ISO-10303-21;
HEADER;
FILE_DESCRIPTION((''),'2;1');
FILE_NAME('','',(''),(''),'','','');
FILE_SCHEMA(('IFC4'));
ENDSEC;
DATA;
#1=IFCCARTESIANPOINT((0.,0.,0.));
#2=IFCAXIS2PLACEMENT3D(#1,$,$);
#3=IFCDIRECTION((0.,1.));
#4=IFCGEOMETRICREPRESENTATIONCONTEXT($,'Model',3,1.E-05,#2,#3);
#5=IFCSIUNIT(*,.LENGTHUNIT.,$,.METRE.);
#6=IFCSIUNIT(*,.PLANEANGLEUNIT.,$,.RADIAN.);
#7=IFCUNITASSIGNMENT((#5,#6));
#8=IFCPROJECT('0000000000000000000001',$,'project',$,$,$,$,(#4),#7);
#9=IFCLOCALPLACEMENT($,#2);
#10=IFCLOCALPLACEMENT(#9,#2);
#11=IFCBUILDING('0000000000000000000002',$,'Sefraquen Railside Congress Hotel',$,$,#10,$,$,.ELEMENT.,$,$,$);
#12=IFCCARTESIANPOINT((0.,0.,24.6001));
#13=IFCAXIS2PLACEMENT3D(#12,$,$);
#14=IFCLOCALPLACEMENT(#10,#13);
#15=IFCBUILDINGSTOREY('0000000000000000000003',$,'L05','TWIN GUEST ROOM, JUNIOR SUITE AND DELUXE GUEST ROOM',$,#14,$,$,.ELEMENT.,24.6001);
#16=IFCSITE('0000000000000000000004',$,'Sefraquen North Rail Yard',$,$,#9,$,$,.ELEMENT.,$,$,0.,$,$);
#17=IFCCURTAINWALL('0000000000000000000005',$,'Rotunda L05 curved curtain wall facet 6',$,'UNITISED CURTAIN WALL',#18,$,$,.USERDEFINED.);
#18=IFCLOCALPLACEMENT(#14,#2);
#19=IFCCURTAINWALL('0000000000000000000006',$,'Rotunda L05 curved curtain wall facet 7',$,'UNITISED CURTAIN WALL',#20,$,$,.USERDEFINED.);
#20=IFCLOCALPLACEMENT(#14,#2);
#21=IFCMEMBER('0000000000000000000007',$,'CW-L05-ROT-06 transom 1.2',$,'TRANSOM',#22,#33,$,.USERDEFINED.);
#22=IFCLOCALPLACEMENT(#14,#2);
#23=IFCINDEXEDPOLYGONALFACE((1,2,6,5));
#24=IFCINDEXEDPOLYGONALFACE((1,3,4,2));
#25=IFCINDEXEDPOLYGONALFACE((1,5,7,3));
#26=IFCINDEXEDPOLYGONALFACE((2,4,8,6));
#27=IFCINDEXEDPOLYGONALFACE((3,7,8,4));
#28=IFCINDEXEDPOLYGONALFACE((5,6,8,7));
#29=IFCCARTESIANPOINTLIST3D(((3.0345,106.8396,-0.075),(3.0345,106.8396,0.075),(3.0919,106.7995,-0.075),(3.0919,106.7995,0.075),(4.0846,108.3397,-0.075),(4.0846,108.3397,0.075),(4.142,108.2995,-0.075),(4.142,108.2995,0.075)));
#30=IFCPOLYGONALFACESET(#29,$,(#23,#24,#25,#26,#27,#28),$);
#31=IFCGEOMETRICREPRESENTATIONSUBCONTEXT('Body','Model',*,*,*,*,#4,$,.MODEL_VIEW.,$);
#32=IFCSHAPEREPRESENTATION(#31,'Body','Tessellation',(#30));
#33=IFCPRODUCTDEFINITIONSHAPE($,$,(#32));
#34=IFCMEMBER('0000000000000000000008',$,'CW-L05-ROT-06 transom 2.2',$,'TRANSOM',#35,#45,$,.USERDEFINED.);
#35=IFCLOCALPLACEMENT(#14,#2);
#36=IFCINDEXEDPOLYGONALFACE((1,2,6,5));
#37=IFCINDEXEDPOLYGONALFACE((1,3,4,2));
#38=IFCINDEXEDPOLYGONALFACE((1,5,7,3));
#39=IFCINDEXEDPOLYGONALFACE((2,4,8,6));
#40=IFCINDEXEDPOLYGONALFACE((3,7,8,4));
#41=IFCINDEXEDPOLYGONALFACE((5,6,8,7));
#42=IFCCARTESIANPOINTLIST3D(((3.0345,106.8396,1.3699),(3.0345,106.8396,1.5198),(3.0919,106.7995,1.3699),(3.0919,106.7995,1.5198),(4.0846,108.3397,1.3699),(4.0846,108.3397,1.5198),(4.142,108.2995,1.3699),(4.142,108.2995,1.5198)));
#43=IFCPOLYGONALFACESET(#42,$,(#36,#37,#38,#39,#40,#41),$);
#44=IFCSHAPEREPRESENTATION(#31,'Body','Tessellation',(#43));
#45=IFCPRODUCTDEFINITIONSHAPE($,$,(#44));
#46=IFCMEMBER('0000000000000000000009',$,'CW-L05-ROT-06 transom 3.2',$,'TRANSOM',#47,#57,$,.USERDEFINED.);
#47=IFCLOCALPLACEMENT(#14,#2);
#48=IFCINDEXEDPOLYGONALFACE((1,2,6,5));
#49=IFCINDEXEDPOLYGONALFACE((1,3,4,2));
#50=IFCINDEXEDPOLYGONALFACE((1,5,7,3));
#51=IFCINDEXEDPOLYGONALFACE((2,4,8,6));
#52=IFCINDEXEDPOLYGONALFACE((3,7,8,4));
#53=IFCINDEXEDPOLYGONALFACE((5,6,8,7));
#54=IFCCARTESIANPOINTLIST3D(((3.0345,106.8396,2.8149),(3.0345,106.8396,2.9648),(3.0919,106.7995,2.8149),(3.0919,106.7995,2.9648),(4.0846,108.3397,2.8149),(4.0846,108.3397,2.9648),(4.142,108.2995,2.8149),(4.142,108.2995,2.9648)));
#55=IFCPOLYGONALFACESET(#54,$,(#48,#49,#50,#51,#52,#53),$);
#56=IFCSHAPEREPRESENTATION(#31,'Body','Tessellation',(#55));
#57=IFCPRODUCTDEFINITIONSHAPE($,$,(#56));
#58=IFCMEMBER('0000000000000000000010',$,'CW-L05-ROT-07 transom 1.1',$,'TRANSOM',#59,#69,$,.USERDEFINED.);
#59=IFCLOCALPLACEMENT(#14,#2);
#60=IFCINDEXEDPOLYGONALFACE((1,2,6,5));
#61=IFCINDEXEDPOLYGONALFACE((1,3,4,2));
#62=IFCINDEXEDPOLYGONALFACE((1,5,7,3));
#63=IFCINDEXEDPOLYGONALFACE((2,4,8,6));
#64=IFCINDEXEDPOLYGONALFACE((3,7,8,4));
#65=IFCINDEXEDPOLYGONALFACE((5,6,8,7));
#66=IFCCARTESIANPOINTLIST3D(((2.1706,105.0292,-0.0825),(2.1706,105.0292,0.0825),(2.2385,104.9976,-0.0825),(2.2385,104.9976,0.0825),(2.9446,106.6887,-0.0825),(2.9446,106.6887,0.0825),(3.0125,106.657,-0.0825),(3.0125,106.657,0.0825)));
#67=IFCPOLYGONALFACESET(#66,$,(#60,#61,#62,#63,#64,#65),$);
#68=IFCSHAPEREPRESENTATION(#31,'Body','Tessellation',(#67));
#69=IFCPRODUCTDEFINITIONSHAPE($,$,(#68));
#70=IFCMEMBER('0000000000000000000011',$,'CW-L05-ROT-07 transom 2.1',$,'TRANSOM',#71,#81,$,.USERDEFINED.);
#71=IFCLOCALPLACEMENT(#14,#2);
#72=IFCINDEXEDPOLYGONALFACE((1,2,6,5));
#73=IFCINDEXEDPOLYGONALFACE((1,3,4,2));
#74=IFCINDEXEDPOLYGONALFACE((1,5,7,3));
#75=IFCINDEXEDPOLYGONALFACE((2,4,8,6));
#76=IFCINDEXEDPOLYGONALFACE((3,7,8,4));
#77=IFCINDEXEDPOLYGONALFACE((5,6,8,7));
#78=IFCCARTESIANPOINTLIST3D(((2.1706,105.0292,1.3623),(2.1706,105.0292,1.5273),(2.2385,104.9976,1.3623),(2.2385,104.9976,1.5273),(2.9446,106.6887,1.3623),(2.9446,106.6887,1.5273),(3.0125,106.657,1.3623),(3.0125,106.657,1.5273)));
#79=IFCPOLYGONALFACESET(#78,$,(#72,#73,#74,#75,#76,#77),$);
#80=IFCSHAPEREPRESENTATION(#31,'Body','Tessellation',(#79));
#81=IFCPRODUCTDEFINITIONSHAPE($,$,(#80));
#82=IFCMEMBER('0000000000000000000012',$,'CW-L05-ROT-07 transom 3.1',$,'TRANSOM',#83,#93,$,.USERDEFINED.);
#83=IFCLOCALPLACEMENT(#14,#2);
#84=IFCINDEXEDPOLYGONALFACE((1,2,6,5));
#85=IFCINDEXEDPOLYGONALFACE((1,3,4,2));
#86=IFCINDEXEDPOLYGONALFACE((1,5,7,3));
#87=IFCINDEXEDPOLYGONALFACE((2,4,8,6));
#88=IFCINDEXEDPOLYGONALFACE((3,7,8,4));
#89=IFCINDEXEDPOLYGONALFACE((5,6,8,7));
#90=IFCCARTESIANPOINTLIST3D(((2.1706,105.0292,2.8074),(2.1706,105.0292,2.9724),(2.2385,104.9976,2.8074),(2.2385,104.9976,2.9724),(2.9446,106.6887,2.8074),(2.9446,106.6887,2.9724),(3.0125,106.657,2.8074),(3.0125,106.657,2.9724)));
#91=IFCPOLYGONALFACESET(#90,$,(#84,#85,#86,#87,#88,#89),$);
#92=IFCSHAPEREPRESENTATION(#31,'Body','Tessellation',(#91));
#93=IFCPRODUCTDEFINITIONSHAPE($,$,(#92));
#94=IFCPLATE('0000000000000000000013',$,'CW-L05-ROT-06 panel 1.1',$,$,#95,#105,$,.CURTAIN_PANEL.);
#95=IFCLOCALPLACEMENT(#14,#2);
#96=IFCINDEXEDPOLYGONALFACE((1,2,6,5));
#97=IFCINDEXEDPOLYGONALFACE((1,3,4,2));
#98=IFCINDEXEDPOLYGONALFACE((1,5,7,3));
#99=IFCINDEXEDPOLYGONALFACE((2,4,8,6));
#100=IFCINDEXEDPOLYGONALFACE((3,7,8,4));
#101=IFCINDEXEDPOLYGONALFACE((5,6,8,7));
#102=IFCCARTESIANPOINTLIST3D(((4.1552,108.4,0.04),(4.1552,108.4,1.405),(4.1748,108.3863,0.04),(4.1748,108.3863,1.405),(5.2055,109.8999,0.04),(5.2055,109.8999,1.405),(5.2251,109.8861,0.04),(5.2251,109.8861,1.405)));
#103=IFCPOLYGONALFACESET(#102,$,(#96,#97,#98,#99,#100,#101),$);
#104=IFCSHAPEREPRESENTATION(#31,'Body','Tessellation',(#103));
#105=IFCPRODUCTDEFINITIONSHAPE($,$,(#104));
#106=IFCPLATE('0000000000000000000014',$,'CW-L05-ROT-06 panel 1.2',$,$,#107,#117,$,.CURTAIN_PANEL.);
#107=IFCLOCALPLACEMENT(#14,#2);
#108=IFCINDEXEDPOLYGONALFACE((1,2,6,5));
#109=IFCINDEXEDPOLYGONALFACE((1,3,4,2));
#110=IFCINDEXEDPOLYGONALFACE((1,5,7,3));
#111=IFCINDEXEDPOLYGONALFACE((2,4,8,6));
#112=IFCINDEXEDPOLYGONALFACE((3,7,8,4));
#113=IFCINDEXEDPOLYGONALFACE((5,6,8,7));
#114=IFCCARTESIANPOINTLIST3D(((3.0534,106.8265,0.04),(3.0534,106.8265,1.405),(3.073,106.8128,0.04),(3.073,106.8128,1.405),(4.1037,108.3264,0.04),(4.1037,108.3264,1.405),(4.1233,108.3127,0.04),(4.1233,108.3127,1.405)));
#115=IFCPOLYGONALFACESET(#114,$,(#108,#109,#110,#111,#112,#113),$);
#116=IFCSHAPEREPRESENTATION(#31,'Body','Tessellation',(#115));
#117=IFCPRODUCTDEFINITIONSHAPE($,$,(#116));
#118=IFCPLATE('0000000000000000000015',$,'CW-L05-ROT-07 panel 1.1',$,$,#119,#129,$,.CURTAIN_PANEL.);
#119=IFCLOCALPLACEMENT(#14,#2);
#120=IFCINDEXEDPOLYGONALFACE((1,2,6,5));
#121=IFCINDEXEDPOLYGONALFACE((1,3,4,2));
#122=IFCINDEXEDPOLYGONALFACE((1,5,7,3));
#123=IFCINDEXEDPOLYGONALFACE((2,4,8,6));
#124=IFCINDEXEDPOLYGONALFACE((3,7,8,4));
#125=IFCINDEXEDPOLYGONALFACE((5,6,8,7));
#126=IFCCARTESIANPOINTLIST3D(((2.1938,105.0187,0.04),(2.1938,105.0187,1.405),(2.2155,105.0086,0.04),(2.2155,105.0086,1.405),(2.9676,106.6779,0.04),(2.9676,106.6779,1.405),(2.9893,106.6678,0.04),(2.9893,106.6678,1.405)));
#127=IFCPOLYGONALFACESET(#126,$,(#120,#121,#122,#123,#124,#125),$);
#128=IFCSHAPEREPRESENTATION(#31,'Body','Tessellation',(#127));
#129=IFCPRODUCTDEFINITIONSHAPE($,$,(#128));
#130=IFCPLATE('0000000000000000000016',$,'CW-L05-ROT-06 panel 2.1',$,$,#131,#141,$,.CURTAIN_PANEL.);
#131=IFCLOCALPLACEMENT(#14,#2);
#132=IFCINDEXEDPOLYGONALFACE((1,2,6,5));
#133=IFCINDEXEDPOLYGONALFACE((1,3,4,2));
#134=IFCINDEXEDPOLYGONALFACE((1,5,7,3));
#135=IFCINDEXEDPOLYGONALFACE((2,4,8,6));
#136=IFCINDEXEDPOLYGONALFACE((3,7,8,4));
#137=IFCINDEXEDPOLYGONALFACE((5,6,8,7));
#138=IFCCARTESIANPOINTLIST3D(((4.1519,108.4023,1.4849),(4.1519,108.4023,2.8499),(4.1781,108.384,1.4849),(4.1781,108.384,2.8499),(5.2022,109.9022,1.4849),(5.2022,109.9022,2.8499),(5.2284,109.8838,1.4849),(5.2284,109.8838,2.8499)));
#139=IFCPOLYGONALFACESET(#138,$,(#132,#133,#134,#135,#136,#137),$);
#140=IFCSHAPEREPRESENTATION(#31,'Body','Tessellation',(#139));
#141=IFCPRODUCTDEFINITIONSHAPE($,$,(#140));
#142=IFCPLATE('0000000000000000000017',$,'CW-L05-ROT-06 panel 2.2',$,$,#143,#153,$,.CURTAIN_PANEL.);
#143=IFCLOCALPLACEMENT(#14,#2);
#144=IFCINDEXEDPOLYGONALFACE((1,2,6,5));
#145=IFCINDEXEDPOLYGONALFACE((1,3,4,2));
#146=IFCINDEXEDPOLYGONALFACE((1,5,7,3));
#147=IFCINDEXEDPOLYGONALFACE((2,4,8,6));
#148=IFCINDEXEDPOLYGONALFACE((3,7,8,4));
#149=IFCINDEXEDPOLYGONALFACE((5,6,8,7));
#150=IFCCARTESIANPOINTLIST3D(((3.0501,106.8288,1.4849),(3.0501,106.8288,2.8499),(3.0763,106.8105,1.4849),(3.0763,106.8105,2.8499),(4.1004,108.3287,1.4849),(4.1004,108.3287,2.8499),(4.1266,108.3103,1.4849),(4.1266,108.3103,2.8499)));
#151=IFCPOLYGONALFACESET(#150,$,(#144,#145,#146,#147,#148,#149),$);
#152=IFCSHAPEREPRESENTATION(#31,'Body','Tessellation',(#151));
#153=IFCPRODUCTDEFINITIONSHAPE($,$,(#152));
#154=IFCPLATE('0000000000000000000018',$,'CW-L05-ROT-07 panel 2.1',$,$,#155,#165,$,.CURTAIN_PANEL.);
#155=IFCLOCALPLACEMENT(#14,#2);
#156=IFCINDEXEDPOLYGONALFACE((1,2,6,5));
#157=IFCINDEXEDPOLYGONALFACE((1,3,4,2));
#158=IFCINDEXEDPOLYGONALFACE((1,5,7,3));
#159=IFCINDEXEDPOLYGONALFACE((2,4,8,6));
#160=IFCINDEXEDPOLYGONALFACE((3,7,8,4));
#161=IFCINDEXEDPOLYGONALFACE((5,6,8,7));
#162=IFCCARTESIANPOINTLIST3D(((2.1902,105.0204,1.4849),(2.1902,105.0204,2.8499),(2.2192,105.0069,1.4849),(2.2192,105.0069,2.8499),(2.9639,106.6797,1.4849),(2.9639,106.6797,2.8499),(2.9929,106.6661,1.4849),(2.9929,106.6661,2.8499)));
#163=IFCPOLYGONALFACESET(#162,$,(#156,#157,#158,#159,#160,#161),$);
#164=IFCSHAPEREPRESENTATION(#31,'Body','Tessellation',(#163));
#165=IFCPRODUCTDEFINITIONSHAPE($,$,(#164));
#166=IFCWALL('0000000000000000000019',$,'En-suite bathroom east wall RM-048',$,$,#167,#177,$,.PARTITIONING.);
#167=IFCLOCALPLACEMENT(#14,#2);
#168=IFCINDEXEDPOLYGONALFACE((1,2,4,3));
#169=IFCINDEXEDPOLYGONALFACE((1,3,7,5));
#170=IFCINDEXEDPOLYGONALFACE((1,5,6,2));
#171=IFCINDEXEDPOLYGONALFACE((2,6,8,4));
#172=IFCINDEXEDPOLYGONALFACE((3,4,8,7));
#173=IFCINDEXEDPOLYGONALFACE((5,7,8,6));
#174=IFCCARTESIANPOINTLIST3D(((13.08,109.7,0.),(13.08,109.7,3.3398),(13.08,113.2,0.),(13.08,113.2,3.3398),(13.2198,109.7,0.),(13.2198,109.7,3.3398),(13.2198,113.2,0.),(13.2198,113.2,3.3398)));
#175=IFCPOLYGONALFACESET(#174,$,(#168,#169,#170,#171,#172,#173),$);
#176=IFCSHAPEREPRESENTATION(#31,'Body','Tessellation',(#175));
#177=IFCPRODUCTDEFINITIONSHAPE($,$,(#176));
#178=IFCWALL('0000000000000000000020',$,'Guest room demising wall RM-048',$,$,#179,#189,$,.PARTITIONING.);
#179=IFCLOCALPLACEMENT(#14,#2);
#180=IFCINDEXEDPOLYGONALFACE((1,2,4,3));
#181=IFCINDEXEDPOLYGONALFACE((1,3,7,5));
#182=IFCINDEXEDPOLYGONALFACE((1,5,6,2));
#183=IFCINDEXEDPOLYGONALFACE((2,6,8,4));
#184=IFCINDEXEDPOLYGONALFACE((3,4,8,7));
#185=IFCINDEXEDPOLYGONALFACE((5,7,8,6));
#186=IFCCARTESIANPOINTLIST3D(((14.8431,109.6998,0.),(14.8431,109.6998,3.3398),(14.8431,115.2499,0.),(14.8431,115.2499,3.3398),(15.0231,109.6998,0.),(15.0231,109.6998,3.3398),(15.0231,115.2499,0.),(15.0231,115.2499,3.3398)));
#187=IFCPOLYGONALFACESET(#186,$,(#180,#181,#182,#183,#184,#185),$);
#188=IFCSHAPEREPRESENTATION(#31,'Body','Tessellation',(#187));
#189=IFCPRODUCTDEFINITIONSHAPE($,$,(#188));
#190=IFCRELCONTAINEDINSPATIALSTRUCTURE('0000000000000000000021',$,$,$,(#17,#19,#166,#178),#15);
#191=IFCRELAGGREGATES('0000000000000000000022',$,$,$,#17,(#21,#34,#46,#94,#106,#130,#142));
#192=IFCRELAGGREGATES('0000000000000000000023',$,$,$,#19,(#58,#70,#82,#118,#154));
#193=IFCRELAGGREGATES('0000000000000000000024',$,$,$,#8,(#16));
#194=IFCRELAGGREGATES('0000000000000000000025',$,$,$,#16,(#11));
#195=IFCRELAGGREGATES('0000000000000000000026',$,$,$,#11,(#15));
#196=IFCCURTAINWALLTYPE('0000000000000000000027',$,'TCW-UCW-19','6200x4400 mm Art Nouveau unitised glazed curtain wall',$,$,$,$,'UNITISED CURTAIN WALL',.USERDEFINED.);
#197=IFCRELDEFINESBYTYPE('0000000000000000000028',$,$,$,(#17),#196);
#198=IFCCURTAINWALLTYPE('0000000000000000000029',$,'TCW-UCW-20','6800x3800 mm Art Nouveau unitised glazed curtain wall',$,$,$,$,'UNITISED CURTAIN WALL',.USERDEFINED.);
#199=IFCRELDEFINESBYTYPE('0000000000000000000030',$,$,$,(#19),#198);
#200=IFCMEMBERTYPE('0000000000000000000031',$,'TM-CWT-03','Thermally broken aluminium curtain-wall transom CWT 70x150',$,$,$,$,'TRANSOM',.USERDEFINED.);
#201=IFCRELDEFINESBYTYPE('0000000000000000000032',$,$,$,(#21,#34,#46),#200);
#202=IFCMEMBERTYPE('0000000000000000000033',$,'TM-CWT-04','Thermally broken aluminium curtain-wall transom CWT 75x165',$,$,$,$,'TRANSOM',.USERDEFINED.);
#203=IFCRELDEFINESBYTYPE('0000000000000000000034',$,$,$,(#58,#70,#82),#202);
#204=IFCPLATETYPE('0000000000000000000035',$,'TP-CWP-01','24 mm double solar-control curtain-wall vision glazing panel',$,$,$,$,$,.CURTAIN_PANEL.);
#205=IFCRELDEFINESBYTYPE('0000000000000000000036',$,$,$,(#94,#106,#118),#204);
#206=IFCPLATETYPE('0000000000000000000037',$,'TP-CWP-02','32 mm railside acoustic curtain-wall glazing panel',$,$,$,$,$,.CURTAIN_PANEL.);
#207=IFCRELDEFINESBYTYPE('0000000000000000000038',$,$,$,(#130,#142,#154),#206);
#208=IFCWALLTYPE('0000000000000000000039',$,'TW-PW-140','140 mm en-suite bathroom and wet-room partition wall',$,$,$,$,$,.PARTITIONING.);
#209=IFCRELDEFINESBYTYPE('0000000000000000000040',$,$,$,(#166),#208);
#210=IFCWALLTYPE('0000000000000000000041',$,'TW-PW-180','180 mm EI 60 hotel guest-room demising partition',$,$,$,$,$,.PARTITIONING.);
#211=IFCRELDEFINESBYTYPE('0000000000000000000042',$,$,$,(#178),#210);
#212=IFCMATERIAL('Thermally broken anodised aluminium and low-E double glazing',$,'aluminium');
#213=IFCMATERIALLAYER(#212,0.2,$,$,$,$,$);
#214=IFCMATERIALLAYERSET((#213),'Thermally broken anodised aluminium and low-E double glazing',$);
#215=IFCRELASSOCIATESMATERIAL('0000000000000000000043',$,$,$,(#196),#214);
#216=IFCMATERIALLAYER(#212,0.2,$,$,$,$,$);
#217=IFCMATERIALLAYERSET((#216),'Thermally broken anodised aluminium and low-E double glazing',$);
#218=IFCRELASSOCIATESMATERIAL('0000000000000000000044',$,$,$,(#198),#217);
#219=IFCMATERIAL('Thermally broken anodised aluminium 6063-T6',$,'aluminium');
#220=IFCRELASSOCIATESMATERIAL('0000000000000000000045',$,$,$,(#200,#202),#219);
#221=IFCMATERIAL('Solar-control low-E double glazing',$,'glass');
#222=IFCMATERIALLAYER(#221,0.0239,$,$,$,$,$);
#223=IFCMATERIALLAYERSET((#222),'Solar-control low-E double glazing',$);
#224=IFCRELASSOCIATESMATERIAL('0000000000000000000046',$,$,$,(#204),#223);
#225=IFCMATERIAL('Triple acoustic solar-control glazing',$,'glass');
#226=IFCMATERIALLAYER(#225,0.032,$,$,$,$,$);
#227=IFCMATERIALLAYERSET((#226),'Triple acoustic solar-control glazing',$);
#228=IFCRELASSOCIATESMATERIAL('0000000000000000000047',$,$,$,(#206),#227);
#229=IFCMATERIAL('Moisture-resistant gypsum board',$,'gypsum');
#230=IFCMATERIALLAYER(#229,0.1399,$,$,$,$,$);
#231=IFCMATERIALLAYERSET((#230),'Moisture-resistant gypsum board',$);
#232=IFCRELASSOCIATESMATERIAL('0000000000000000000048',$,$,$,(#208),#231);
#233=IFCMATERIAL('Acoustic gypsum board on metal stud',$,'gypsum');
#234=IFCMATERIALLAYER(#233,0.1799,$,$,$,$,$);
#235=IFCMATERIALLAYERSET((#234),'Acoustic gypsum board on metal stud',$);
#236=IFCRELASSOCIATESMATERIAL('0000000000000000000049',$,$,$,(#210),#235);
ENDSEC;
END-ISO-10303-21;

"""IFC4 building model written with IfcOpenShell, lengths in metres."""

from ifc_helpers import new_model, si_unit, direction, frame, frame_2d, origin, origin_2d, place, context, subcontext, project, spatial, rectangle, extrude, material, layer, layer_set, material_profile, profile_set, type_object, element, aggregate, save


model = new_model("IFC4")

# Units and contexts
model_context = context("Model", 3, precision=1e-05, world=origin(), true_north=direction((0.0, 1.0)))
body_context = subcontext(model_context, "Body", "Model", "MODEL_VIEW")
ifc_project = project(units=[si_unit("LENGTHUNIT", "METRE"), si_unit("PLANEANGLEUNIT", "RADIAN")], contexts=[model_context])

# Site, building, storey
site_placement = place(None, origin())
site = spatial("IfcSite", under=ifc_project, at=site_placement, Name="Sefraquen North Rail Yard", CompositionType="ELEMENT", RefElevation=0.0)
building_placement = place(site_placement, origin())
building = spatial("IfcBuilding", under=site, at=building_placement, Name="Sefraquen Railside Congress Hotel", CompositionType="ELEMENT")
storey_placement = place(building_placement, frame((0.0, 0.0, 24.6001)))
storey = spatial("IfcBuildingStorey", under=building, at=storey_placement, Name="L05", Description="TWIN GUEST ROOM, JUNIOR SUITE AND DELUXE GUEST ROOM", CompositionType="ELEMENT", Elevation=24.6001)

# Curtain wall
ifc_material_1 = material(Name="Thermally broken anodised aluminium and low-E double glazing", Category="aluminium")
ifc_layer_1 = layer(ifc_material_1, 0.2)
ifc_layer_set_1 = layer_set([ifc_layer_1], Name="Thermally broken anodised aluminium and low-E double glazing")
curtain_wall_type_1 = type_object("IfcCurtainWallType", Name="TCW-UCW-19", Description="6200x4400 mm Art Nouveau unitised glazed curtain wall", ElementType="UNITISED CURTAIN WALL", PredefinedType="USERDEFINED", material=ifc_layer_set_1)
curtain_wall_1_placement = place(storey_placement, origin())
curtain_wall_1 = element("IfcCurtainWall", 1, at=curtain_wall_1_placement, inside=storey, type_object=curtain_wall_type_1, Name="Rotunda L05 curved curtain wall facet 6", ObjectType="UNITISED CURTAIN WALL", PredefinedType="USERDEFINED")
ifc_material_2 = material(Name="Thermally broken anodised aluminium 6063-T6", Category="aluminium")

# Curtain wall
ifc_layer_2 = layer(ifc_material_1, 0.2)
ifc_layer_set_2 = layer_set([ifc_layer_2], Name="Thermally broken anodised aluminium and low-E double glazing")
curtain_wall_type_2 = type_object("IfcCurtainWallType", Name="TCW-UCW-20", Description="6800x3800 mm Art Nouveau unitised glazed curtain wall", ElementType="UNITISED CURTAIN WALL", PredefinedType="USERDEFINED", material=ifc_layer_set_2)
curtain_wall_2_placement = place(storey_placement, origin())
curtain_wall_2 = element("IfcCurtainWall", 2, at=curtain_wall_2_placement, inside=storey, type_object=curtain_wall_type_2, Name="Rotunda L05 curved curtain wall facet 7", ObjectType="UNITISED CURTAIN WALL", PredefinedType="USERDEFINED")

# Members
ifc_material_profile_1 = material_profile(ifc_material_2, rectangle(XDim=0.0701, YDim=0.1499, at=origin_2d()), Name="CWT 70x150")
ifc_profile_set_1 = profile_set([ifc_material_profile_1], Name="Thermally broken anodised aluminium 6063-T6")
member_type_1 = type_object("IfcMemberType", Name="TM-CWT-03", Description="Thermally broken aluminium curtain-wall transom CWT 70x150", ElementType="TRANSOM", PredefinedType="USERDEFINED", material=ifc_profile_set_1)
member_1_placement = place(storey_placement, frame((4.1133, 108.3196, 0.0), z_axis=(-0.57348, -0.819219, 0.0), x_axis=(0.819219, -0.57348, 0.0)))
member_1 = element("IfcMember", 3, at=member_1_placement, type_object=member_type_1, Name="CW-L05-ROT-06 transom 1.2", ObjectType="TRANSOM", PredefinedType="USERDEFINED", context=body_context, shape_type="SweptSolid", body=[
    extrude(rectangle(XDim=0.0701, YDim=0.1499, at=origin_2d()), origin(), (0.0, 0.0, 1.0), 1.8311),
])
member_2_placement = place(storey_placement, frame((4.1133, 108.3196, 1.4448), z_axis=(-0.57348, -0.819219, 0.0), x_axis=(0.819219, -0.57348, 0.0)))
member_2 = element("IfcMember", 4, at=member_2_placement, type_object=member_type_1, Name="CW-L05-ROT-06 transom 2.2", ObjectType="TRANSOM", PredefinedType="USERDEFINED", context=body_context, shape_type="SweptSolid", body=[
    extrude(rectangle(XDim=0.0701, YDim=0.1499, at=origin_2d()), origin(), (0.0, 0.0, 1.0), 1.8311),
])
member_3_placement = place(storey_placement, frame((4.1133, 108.3196, 2.8899), z_axis=(-0.57348, -0.819219, 0.0), x_axis=(0.819219, -0.57348, 0.0)))
member_3 = element("IfcMember", 5, at=member_3_placement, type_object=member_type_1, Name="CW-L05-ROT-06 transom 3.2", ObjectType="TRANSOM", PredefinedType="USERDEFINED", context=body_context, shape_type="SweptSolid", body=[
    extrude(rectangle(XDim=0.0701, YDim=0.1499, at=origin_2d()), origin(), (0.0, 0.0, 1.0), 1.8311),
])
ifc_material_profile_2 = material_profile(ifc_material_2, rectangle(XDim=0.075, YDim=0.165, at=origin_2d()), Name="CWT 75x165")
ifc_profile_set_2 = profile_set([ifc_material_profile_2], Name="Thermally broken anodised aluminium 6063-T6")
member_type_2 = type_object("IfcMemberType", Name="TM-CWT-04", Description="Thermally broken aluminium curtain-wall transom CWT 75x165", ElementType="TRANSOM", PredefinedType="USERDEFINED", material=ifc_profile_set_2)
member_4_placement = place(storey_placement, frame((2.9785, 106.6729, 0.0), z_axis=(-0.422674, -0.906282, 0.0), x_axis=(0.906282, -0.422674, 0.0)))
member_4 = element("IfcMember", 6, at=member_4_placement, type_object=member_type_2, Name="CW-L05-ROT-07 transom 1.1", ObjectType="TRANSOM", PredefinedType="USERDEFINED", context=body_context, shape_type="SweptSolid", body=[
    extrude(rectangle(XDim=0.075, YDim=0.165, at=origin_2d()), origin(), (0.0, 0.0, 1.0), 1.8311),
])
member_5_placement = place(storey_placement, frame((2.9785, 106.6729, 1.4448), z_axis=(-0.422674, -0.906282, 0.0), x_axis=(0.906282, -0.422674, 0.0)))
member_5 = element("IfcMember", 7, at=member_5_placement, type_object=member_type_2, Name="CW-L05-ROT-07 transom 2.1", ObjectType="TRANSOM", PredefinedType="USERDEFINED", context=body_context, shape_type="SweptSolid", body=[
    extrude(rectangle(XDim=0.075, YDim=0.165, at=origin_2d()), origin(), (0.0, 0.0, 1.0), 1.8311),
])
member_6_placement = place(storey_placement, frame((2.9785, 106.6729, 2.8899), z_axis=(-0.422674, -0.906282, 0.0), x_axis=(0.906282, -0.422674, 0.0)))
member_6 = element("IfcMember", 8, at=member_6_placement, type_object=member_type_2, Name="CW-L05-ROT-07 transom 3.1", ObjectType="TRANSOM", PredefinedType="USERDEFINED", context=body_context, shape_type="SweptSolid", body=[
    extrude(rectangle(XDim=0.075, YDim=0.165, at=origin_2d()), origin(), (0.0, 0.0, 1.0), 1.8311),
])

# Plates
ifc_material_3 = material(Name="Solar-control low-E double glazing", Category="glass")
ifc_layer_3 = layer(ifc_material_3, 0.0239)
ifc_layer_set_3 = layer_set([ifc_layer_3], Name="Solar-control low-E double glazing")
plate_type_1 = type_object("IfcPlateType", Name="TP-CWP-01", Description="24 mm double solar-control curtain-wall vision glazing panel", PredefinedType="CURTAIN_PANEL", material=ifc_layer_set_3)
plate_1_placement = place(storey_placement, frame((4.6902, 109.1431, 0.04), z_axis=(0.0, 0.0, 1.0), x_axis=(-0.573605, -0.819132, 0.0)))
plate_1 = element("IfcPlate", 9, at=plate_1_placement, type_object=plate_type_1, Name="CW-L05-ROT-06 panel 1.1", PredefinedType="CURTAIN_PANEL", context=body_context, shape_type="SweptSolid", body=[
    extrude(rectangle(XDim=1.8311, YDim=0.0239, at=origin_2d()), origin(), (0.0, 0.0, 1.0), 1.365),
])
plate_2_placement = place(storey_placement, frame((3.5884, 107.5696, 0.04), z_axis=(0.0, 0.0, 1.0), x_axis=(-0.573605, -0.819132, 0.0)))
plate_2 = element("IfcPlate", 10, at=plate_2_placement, type_object=plate_type_1, Name="CW-L05-ROT-06 panel 1.2", PredefinedType="CURTAIN_PANEL", context=body_context, shape_type="SweptSolid", body=[
    extrude(rectangle(XDim=1.8311, YDim=0.0239, at=origin_2d()), origin(), (0.0, 0.0, 1.0), 1.365),
])
plate_3_placement = place(storey_placement, frame((2.5916, 105.8433, 0.04), z_axis=(0.0, 0.0, 1.0), x_axis=(-0.422634, -0.9063, 0.0)))
plate_3 = element("IfcPlate", 11, at=plate_3_placement, type_object=plate_type_1, Name="CW-L05-ROT-07 panel 1.1", PredefinedType="CURTAIN_PANEL", context=body_context, shape_type="SweptSolid", body=[
    extrude(rectangle(XDim=1.8308, YDim=0.0239, at=origin_2d()), origin(), (0.0, 0.0, 1.0), 1.365),
])
ifc_material_4 = material(Name="Triple acoustic solar-control glazing", Category="glass")
ifc_layer_4 = layer(ifc_material_4, 0.032)
ifc_layer_set_4 = layer_set([ifc_layer_4], Name="Triple acoustic solar-control glazing")
plate_type_2 = type_object("IfcPlateType", Name="TP-CWP-02", Description="32 mm railside acoustic curtain-wall glazing panel", PredefinedType="CURTAIN_PANEL", material=ifc_layer_set_4)
plate_4_placement = place(storey_placement, frame((4.6902, 109.1431, 1.4849), z_axis=(0.0, 0.0, 1.0), x_axis=(-0.573605, -0.819132, 0.0)))
plate_4 = element("IfcPlate", 12, at=plate_4_placement, type_object=plate_type_2, Name="CW-L05-ROT-06 panel 2.1", PredefinedType="CURTAIN_PANEL", context=body_context, shape_type="SweptSolid", body=[
    extrude(rectangle(XDim=1.8311, YDim=0.032, at=origin_2d()), origin(), (0.0, 0.0, 1.0), 1.365),
])
plate_5_placement = place(storey_placement, frame((3.5884, 107.5696, 1.4849), z_axis=(0.0, 0.0, 1.0), x_axis=(-0.573605, -0.819132, 0.0)))
plate_5 = element("IfcPlate", 13, at=plate_5_placement, type_object=plate_type_2, Name="CW-L05-ROT-06 panel 2.2", PredefinedType="CURTAIN_PANEL", context=body_context, shape_type="SweptSolid", body=[
    extrude(rectangle(XDim=1.8311, YDim=0.032, at=origin_2d()), origin(), (0.0, 0.0, 1.0), 1.365),
])
aggregate(curtain_wall_1, [member_1, member_2, member_3, plate_1, plate_2, plate_4, plate_5])
plate_6_placement = place(storey_placement, frame((2.5916, 105.8433, 1.4849), z_axis=(0.0, 0.0, 1.0), x_axis=(-0.422634, -0.9063, 0.0)))
plate_6 = element("IfcPlate", 14, at=plate_6_placement, type_object=plate_type_2, Name="CW-L05-ROT-07 panel 2.1", PredefinedType="CURTAIN_PANEL", context=body_context, shape_type="SweptSolid", body=[
    extrude(rectangle(XDim=1.8308, YDim=0.032, at=origin_2d()), origin(), (0.0, 0.0, 1.0), 1.365),
])
aggregate(curtain_wall_2, [member_4, member_5, member_6, plate_3, plate_6])

# Walls
ifc_material_5 = material(Name="Moisture-resistant gypsum board", Category="gypsum")
ifc_layer_5 = layer(ifc_material_5, 0.1399)
ifc_layer_set_5 = layer_set([ifc_layer_5], Name="Moisture-resistant gypsum board")
wall_type_1 = type_object("IfcWallType", Name="TW-PW-140", Description="140 mm en-suite bathroom and wet-room partition wall", PredefinedType="PARTITIONING", material=ifc_layer_set_5)
wall_1_placement = place(storey_placement, frame((13.1499, 109.7, 0.0), z_axis=(0.0, 0.0, 1.0), x_axis=(0.0, 1.0, 0.0)))
element("IfcWall", 15, at=wall_1_placement, inside=storey, type_object=wall_type_1, Name="En-suite bathroom east wall RM-048", PredefinedType="PARTITIONING", context=body_context, shape_type="SweptSolid", body=[
    extrude(rectangle(XDim=3.5, YDim=0.1399, at=frame_2d((1.75, 0.0))), origin(), (0.0, 0.0, 1.0), 3.3398),
])
ifc_material_6 = material(Name="Acoustic gypsum board on metal stud", Category="gypsum")
ifc_layer_6 = layer(ifc_material_6, 0.1799)
ifc_layer_set_6 = layer_set([ifc_layer_6], Name="Acoustic gypsum board on metal stud")
wall_type_2 = type_object("IfcWallType", Name="TW-PW-180", Description="180 mm EI 60 hotel guest-room demising partition", PredefinedType="PARTITIONING", material=ifc_layer_set_6)
wall_2_placement = place(storey_placement, frame((14.9331, 109.7, 0.0), z_axis=(0.0, 0.0, 1.0), x_axis=(0.0, 1.0, 0.0)))
element("IfcWall", 16, at=wall_2_placement, inside=storey, type_object=wall_type_2, Name="Guest room demising wall RM-048", PredefinedType="PARTITIONING", context=body_context, shape_type="SweptSolid", body=[
    extrude(rectangle(XDim=5.55, YDim=0.1799, at=frame_2d((2.7749, 0.0))), origin(), (0.0, 0.0, 1.0), 3.3398),
])

save(model, "model.ifc")
